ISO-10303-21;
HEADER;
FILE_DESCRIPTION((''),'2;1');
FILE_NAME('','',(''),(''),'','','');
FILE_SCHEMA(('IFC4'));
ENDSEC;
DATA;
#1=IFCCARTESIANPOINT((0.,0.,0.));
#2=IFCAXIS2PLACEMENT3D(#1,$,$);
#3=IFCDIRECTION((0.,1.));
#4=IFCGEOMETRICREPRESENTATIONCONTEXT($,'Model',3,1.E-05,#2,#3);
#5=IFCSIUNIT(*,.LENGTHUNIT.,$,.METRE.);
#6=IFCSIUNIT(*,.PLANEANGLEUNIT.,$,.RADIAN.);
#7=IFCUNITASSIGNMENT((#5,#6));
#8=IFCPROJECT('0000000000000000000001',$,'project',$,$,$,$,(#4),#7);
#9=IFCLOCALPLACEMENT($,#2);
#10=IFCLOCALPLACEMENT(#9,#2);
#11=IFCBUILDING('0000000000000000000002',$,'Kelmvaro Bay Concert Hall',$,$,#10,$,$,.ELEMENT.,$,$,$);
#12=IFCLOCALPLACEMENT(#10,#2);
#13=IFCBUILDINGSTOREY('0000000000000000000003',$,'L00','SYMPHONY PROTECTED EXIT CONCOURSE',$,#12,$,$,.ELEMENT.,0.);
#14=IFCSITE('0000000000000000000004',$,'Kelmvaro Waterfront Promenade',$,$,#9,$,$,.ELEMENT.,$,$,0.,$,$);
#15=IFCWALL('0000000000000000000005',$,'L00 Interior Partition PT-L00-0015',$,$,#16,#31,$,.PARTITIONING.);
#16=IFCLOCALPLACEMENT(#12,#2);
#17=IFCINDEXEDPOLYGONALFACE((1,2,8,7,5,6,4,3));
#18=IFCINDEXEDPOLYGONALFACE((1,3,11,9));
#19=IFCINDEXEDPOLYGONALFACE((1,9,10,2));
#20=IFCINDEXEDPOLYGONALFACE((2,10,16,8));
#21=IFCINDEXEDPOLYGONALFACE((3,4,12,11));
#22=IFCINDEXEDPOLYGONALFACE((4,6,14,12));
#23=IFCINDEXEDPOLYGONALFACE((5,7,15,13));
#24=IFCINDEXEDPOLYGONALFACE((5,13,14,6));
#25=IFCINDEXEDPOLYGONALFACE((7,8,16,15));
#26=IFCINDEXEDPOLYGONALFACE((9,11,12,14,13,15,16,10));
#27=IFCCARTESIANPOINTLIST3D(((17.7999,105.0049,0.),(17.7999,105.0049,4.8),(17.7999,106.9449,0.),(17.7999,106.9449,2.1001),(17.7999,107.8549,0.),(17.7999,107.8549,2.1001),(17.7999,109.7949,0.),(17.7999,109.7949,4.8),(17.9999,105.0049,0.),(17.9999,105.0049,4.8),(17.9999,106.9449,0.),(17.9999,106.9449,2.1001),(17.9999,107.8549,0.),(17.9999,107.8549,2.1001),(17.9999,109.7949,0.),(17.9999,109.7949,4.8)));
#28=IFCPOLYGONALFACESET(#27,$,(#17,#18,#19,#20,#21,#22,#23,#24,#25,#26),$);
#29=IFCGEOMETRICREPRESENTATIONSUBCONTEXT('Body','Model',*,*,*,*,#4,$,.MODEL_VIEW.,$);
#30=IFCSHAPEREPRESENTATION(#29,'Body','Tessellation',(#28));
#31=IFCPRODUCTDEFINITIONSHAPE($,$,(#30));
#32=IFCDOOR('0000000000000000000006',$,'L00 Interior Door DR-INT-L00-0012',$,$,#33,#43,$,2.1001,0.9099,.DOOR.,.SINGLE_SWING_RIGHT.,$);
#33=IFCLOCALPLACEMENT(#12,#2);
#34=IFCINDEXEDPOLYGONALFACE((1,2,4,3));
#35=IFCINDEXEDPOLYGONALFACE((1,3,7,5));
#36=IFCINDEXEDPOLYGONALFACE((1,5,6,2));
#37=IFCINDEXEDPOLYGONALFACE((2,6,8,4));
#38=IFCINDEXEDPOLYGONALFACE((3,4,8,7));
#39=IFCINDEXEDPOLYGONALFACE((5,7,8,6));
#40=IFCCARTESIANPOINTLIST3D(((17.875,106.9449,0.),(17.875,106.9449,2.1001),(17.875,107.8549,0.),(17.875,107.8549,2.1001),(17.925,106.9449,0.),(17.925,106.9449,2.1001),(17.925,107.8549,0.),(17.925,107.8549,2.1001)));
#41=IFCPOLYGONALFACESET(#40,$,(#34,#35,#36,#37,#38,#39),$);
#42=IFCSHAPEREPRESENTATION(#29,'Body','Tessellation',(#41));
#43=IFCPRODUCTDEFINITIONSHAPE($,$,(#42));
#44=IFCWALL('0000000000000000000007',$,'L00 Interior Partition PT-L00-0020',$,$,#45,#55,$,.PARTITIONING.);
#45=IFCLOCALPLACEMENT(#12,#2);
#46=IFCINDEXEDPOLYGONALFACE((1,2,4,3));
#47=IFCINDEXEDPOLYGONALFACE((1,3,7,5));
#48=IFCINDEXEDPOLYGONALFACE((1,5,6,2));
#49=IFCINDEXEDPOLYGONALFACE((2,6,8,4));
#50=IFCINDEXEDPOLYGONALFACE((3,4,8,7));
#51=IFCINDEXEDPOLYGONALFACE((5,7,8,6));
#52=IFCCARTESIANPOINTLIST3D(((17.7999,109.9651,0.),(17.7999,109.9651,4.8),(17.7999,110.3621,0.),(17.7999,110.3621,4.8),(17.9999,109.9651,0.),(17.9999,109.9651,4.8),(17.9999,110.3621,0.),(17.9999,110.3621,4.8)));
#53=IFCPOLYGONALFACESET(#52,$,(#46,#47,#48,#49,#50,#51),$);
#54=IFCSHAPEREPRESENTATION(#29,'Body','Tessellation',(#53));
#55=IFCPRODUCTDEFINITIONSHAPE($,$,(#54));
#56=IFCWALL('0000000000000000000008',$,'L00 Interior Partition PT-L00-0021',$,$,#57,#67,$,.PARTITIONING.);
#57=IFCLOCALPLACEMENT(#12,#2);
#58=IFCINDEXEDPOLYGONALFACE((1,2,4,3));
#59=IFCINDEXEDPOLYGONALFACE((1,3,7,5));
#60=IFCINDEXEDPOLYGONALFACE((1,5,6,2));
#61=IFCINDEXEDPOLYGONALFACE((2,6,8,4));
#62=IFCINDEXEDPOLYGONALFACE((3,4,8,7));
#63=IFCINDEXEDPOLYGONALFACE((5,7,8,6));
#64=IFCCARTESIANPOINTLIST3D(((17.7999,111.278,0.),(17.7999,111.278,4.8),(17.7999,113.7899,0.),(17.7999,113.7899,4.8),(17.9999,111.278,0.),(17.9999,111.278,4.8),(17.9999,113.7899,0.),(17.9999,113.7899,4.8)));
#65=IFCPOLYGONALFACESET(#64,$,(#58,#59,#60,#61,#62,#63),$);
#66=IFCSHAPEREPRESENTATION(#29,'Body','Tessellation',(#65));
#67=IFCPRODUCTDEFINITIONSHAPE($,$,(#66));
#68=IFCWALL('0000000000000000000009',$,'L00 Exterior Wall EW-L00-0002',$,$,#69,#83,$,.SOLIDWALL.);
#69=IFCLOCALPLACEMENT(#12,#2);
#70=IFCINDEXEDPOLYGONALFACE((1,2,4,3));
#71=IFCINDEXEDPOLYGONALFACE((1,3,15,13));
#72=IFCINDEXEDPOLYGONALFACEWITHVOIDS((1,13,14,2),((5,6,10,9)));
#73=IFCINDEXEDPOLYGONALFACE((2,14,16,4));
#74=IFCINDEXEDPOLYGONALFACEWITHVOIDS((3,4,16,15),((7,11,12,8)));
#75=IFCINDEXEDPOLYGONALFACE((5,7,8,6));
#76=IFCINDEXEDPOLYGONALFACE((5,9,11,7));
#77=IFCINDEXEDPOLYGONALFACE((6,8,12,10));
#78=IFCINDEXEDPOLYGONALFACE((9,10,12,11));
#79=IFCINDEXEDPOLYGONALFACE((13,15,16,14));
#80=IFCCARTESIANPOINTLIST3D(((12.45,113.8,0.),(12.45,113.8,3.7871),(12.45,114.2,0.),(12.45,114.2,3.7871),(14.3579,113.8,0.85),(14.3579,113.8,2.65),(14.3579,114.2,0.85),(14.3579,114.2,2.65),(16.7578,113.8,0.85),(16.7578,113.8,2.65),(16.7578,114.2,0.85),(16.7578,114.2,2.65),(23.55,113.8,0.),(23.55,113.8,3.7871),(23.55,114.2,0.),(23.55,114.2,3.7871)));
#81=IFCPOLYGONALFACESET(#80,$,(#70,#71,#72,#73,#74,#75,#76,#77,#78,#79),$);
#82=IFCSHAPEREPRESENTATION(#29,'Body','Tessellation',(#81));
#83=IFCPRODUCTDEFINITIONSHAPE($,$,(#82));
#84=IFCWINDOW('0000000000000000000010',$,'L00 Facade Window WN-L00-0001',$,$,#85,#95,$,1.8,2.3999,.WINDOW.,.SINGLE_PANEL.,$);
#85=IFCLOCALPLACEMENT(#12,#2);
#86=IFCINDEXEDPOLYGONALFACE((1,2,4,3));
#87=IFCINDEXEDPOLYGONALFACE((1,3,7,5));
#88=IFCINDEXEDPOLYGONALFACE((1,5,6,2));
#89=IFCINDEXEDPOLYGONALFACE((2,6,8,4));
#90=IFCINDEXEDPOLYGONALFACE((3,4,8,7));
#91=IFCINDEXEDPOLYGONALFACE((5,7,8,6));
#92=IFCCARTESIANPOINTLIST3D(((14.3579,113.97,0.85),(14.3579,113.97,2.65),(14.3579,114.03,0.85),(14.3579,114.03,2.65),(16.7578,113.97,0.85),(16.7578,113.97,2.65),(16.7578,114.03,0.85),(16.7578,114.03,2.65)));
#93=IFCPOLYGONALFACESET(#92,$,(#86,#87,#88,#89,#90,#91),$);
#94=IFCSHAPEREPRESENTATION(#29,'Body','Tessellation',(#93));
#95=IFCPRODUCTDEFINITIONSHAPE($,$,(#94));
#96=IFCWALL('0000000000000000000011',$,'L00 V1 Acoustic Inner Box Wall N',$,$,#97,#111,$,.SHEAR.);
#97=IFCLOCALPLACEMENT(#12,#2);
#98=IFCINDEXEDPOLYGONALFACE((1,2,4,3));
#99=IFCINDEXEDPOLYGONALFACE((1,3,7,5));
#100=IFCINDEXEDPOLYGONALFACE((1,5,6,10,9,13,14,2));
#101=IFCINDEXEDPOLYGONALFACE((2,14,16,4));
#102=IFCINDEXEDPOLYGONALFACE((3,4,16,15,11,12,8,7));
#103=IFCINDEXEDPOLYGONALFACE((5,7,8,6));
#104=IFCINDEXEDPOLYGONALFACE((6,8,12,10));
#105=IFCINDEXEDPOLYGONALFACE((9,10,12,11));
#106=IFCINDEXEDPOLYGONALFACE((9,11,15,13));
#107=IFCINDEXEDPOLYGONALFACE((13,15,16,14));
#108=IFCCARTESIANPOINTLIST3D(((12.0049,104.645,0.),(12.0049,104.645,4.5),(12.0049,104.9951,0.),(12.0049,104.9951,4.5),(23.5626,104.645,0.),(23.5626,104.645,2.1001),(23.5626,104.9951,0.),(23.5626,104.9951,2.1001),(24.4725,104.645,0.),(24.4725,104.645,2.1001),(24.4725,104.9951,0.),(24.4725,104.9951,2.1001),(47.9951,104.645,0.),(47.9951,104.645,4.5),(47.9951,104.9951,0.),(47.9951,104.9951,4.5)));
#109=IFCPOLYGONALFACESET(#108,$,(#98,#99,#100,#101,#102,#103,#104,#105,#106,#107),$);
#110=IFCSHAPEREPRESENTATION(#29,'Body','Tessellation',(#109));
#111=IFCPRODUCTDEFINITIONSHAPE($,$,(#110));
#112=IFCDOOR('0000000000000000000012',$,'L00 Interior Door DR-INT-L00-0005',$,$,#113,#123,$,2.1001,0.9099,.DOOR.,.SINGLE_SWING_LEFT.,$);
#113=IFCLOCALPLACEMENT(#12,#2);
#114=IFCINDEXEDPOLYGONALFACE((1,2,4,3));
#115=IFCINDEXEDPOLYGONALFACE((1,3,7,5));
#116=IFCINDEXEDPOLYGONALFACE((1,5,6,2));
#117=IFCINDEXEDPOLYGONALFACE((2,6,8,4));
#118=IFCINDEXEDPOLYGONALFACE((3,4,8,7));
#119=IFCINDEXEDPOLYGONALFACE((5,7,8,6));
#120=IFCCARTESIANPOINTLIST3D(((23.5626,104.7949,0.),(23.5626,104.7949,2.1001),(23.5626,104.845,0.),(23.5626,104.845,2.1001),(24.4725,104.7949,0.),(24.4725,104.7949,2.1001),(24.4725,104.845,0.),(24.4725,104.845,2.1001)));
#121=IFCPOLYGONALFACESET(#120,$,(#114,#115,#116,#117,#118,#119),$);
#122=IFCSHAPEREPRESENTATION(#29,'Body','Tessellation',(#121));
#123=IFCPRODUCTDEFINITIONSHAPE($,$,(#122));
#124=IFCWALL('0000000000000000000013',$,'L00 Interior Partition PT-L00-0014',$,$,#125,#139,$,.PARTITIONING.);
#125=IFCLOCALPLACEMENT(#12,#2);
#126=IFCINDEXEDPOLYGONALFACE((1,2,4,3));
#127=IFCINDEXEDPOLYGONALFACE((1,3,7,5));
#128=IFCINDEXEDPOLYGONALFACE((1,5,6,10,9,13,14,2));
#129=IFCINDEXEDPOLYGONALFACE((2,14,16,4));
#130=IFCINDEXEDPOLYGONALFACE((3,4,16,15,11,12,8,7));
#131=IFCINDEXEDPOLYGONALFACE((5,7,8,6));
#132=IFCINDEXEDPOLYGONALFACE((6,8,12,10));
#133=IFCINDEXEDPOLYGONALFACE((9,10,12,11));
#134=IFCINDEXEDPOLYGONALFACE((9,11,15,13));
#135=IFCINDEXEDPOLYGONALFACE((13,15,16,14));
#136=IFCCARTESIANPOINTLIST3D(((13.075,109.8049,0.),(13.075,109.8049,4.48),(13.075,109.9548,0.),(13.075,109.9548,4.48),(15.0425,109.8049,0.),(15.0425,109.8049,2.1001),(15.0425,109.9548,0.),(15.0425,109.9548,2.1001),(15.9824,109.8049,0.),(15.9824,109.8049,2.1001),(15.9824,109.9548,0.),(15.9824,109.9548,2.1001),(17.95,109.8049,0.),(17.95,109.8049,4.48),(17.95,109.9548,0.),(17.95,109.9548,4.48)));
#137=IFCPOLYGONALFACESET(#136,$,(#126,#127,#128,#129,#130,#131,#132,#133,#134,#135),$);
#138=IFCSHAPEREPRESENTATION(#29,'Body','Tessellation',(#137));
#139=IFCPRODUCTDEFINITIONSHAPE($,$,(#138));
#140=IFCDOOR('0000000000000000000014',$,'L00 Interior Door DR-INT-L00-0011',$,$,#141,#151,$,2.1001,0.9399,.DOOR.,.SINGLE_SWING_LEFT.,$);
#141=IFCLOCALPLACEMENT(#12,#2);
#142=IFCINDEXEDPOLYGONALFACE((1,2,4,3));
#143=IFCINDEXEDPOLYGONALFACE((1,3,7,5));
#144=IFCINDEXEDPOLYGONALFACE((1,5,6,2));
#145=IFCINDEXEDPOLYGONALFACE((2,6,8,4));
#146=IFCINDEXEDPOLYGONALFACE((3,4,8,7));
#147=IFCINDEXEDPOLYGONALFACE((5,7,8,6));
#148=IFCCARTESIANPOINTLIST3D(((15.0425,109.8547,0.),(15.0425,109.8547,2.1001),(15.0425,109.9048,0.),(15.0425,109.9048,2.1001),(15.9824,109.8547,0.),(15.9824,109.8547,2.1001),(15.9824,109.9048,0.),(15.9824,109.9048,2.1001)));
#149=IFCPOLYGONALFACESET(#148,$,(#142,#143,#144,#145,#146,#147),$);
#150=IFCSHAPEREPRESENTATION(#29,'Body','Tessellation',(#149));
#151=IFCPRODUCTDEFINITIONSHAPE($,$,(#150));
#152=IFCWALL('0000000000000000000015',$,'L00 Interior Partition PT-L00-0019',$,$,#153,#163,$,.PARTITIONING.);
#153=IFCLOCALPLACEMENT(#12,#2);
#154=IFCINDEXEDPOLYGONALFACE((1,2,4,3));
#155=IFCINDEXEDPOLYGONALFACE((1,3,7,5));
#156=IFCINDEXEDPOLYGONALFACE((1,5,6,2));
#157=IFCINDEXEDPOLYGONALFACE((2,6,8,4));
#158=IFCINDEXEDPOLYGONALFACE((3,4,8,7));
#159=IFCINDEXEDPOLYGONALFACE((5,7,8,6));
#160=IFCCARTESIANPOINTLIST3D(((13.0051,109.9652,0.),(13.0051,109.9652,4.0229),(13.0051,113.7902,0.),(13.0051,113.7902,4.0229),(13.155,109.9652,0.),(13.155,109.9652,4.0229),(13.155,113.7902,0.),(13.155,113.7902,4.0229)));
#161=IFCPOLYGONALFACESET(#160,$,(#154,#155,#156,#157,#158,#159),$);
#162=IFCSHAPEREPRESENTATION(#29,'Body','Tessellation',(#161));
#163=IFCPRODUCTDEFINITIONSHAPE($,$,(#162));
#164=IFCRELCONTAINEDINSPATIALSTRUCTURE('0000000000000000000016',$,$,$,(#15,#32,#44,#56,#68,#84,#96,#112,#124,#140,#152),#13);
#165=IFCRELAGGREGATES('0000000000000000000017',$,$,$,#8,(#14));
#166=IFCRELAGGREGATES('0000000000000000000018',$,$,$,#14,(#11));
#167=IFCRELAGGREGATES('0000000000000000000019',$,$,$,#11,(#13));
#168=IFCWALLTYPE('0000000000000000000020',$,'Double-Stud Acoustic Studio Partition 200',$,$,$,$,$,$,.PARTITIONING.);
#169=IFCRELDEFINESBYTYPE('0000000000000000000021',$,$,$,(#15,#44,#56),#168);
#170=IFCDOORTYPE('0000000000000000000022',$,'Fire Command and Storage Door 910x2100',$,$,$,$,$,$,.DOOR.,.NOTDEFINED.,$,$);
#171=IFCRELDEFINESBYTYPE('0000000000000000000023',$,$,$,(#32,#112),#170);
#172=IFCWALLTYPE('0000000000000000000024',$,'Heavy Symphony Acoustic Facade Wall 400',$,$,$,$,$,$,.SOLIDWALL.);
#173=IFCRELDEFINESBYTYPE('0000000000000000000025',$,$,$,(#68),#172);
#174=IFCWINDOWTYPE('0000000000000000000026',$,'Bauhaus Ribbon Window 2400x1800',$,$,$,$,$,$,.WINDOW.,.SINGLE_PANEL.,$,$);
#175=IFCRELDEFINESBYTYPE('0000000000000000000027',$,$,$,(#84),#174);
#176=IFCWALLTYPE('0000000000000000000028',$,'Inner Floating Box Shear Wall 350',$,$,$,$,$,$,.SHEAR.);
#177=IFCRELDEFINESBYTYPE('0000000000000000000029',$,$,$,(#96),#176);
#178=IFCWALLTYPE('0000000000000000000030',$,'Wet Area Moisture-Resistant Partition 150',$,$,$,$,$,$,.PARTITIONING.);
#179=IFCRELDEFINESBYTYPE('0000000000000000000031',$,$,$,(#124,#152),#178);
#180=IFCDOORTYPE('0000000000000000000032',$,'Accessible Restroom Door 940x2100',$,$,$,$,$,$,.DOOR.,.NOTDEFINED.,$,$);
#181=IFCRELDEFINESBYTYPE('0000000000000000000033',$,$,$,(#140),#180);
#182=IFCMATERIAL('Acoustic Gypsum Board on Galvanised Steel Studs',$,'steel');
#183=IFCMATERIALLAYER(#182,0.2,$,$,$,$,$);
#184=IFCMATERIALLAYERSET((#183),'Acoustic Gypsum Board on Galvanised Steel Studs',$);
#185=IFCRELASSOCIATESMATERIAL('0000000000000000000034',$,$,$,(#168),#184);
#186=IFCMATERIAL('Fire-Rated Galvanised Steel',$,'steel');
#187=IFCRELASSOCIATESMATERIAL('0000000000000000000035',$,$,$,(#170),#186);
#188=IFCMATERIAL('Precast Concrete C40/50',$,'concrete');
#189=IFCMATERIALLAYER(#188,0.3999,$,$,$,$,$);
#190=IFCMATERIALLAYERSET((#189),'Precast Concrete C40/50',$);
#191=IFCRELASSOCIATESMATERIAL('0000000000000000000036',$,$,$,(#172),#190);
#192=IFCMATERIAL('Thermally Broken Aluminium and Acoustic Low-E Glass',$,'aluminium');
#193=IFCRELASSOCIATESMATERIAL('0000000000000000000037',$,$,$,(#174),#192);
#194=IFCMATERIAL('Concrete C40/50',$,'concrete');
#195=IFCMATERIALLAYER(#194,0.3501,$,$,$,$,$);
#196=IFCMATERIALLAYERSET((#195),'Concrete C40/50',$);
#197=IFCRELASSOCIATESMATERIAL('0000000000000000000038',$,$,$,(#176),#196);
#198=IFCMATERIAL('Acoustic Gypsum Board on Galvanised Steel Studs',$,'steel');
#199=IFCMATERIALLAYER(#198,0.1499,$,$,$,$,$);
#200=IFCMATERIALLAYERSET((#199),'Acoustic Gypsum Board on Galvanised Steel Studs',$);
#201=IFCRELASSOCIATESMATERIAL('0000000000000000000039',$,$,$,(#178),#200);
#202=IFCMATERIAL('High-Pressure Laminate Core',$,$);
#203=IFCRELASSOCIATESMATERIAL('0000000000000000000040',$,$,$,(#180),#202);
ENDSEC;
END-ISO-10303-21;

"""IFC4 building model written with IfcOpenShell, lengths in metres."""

from ifc_helpers import new_model, si_unit, direction, frame, frame_2d, origin, place, context, subcontext, project, spatial, rectangle, extrude, material, layer, layer_set, type_object, element, fill, save


model = new_model("IFC4")

# Units and contexts
model_context = context("Model", 3, precision=1e-05, world=origin(), true_north=direction((0.0, 1.0)))
body_context = subcontext(model_context, "Body", "Model", "MODEL_VIEW")
ifc_project = project(units=[si_unit("LENGTHUNIT", "METRE"), si_unit("PLANEANGLEUNIT", "RADIAN")], contexts=[model_context])

# Site, building, storey
site_placement = place(None, origin())
site = spatial("IfcSite", under=ifc_project, at=site_placement, Name="Kelmvaro Waterfront Promenade", CompositionType="ELEMENT", RefElevation=0.0)
building_placement = place(site_placement, origin())
building = spatial("IfcBuilding", under=site, at=building_placement, Name="Kelmvaro Bay Concert Hall", CompositionType="ELEMENT")
storey_placement = place(building_placement, origin())
storey = spatial("IfcBuildingStorey", under=building, at=storey_placement, Name="L00", Description="SYMPHONY PROTECTED EXIT CONCOURSE", CompositionType="ELEMENT", Elevation=0.0)

# Wall, opening, door
ifc_material_1 = material(Name="Acoustic Gypsum Board on Galvanised Steel Studs", Category="steel")
ifc_layer_1 = layer(ifc_material_1, 0.2)
ifc_layer_set_1 = layer_set([ifc_layer_1], Name="Acoustic Gypsum Board on Galvanised Steel Studs")
wall_type_1 = type_object("IfcWallType", Name="Double-Stud Acoustic Studio Partition 200", PredefinedType="PARTITIONING", material=ifc_layer_set_1)
wall_1_placement = place(storey_placement, frame((17.8999, 105.0049, 0.0), z_axis=(0.0, 0.0, 1.0), x_axis=(0.0, 1.0, 0.0)))
wall_1 = element("IfcWall", 1, at=wall_1_placement, inside=storey, type_object=wall_type_1, Name="L00 Interior Partition PT-L00-0015", PredefinedType="PARTITIONING", context=body_context, shape_type="SweptSolid", body=[
    extrude(rectangle(XDim=4.79, YDim=0.2, at=frame_2d((2.395, 0.0))), origin(), (0.0, 0.0, 1.0), 4.8),
])
opening_1_placement = place(wall_1_placement, frame((1.9399, 0.0, 0.0)))
opening_1 = element("IfcOpeningElement", 2, at=opening_1_placement, cuts=wall_1, PredefinedType="OPENING", context=body_context, shape_type="SweptSolid", body=[
    extrude(rectangle(XDim=0.9099, YDim=2.1001, at=frame_2d((0.4551, 1.05))), frame((0.0, 0.1099, 0.0), z_axis=(0.0, -1.0, 0.0), x_axis=(1.0, 0.0, 0.0)), (0.0, 0.0, 1.0), 0.22),
])
ifc_material_2 = material(Name="Fire-Rated Galvanised Steel", Category="steel")
door_type_1 = type_object("IfcDoorType", Name="Fire Command and Storage Door 910x2100", OperationType="NOTDEFINED", PredefinedType="DOOR", material=ifc_material_2)
door_1_placement = place(opening_1_placement, origin())
door_1 = element("IfcDoor", 3, at=door_1_placement, inside=storey, type_object=door_type_1, Name="L00 Interior Door DR-INT-L00-0012", OperationType="SINGLE_SWING_RIGHT", OverallHeight=2.1001, OverallWidth=0.9099, PredefinedType="DOOR", context=body_context, shape_type="SweptSolid", body=[
    extrude(rectangle(XDim=0.9099, YDim=2.1001, at=frame_2d((0.4551, 1.05))), frame((0.0, 0.0249, 0.0), z_axis=(0.0, -1.0, 0.0), x_axis=(1.0, 0.0, 0.0)), (0.0, 0.0, 1.0), 0.05),
])
fill(opening_1, door_1)

# Walls
wall_2_placement = place(storey_placement, frame((17.8999, 109.9651, 0.0), z_axis=(0.0, 0.0, 1.0), x_axis=(0.0, 1.0, 0.0)))
element("IfcWall", 4, at=wall_2_placement, inside=storey, type_object=wall_type_1, Name="L00 Interior Partition PT-L00-0020", PredefinedType="PARTITIONING", context=body_context, shape_type="SweptSolid", body=[
    extrude(rectangle(XDim=0.397, YDim=0.2, at=frame_2d((0.1985, 0.0))), origin(), (0.0, 0.0, 1.0), 4.8),
])
wall_3_placement = place(storey_placement, frame((17.8999, 111.2781, 0.0), z_axis=(0.0, 0.0, 1.0), x_axis=(0.0, 1.0, 0.0)))
element("IfcWall", 5, at=wall_3_placement, inside=storey, type_object=wall_type_1, Name="L00 Interior Partition PT-L00-0021", PredefinedType="PARTITIONING", context=body_context, shape_type="SweptSolid", body=[
    extrude(rectangle(XDim=2.512, YDim=0.2, at=frame_2d((1.2559, 0.0))), origin(), (0.0, 0.0, 1.0), 4.8),
])

# Wall, opening, window
ifc_material_3 = material(Name="Precast Concrete C40/50", Category="concrete")
ifc_layer_2 = layer(ifc_material_3, 0.3999)
ifc_layer_set_2 = layer_set([ifc_layer_2], Name="Precast Concrete C40/50")
wall_type_2 = type_object("IfcWallType", Name="Heavy Symphony Acoustic Facade Wall 400", PredefinedType="SOLIDWALL", material=ifc_layer_set_2)
wall_4_placement = place(storey_placement, frame((12.45, 114.0, 0.0), z_axis=(0.0, 0.0, 1.0), x_axis=(1.0, 0.0, 0.0)))
wall_4 = element("IfcWall", 6, at=wall_4_placement, inside=storey, type_object=wall_type_2, Name="L00 Exterior Wall EW-L00-0002", PredefinedType="SOLIDWALL", context=body_context, shape_type="SweptSolid", body=[
    extrude(rectangle(XDim=11.1001, YDim=0.3999, at=frame_2d((5.55, 0.0))), origin(), (0.0, 0.0, 1.0), 3.7871),
])
opening_2_placement = place(wall_4_placement, frame((1.908, 0.0, 0.8501)))
opening_2 = element("IfcOpeningElement", 7, at=opening_2_placement, cuts=wall_4, PredefinedType="OPENING", context=body_context, shape_type="SweptSolid", body=[
    extrude(rectangle(XDim=2.3999, YDim=1.8, at=frame_2d((1.2, 0.8999))), frame((0.0, 0.21, 0.0), z_axis=(0.0, -1.0, 0.0), x_axis=(1.0, 0.0, 0.0)), (0.0, 0.0, 1.0), 0.4199),
])
ifc_material_4 = material(Name="Thermally Broken Aluminium and Acoustic Low-E Glass", Category="aluminium")
window_type = type_object("IfcWindowType", Name="Bauhaus Ribbon Window 2400x1800", PartitioningType="SINGLE_PANEL", PredefinedType="WINDOW", material=ifc_material_4)
window_placement = place(opening_2_placement, origin())
window = element("IfcWindow", 8, at=window_placement, inside=storey, type_object=window_type, Name="L00 Facade Window WN-L00-0001", OverallHeight=1.8, OverallWidth=2.3999, PartitioningType="SINGLE_PANEL", PredefinedType="WINDOW", context=body_context, shape_type="SweptSolid", body=[
    extrude(rectangle(XDim=2.3999, YDim=1.8, at=frame_2d((1.2, 0.8999))), frame((0.0, 0.03, 0.0), z_axis=(0.0, -1.0, 0.0), x_axis=(1.0, 0.0, 0.0)), (0.0, 0.0, 1.0), 0.0601),
])
fill(opening_2, window)

# Walls, openings, doors
ifc_material_5 = material(Name="Concrete C40/50", Category="concrete")
ifc_layer_3 = layer(ifc_material_5, 0.3501)
ifc_layer_set_3 = layer_set([ifc_layer_3], Name="Concrete C40/50")
wall_type_3 = type_object("IfcWallType", Name="Inner Floating Box Shear Wall 350", PredefinedType="SHEAR", material=ifc_layer_set_3)
wall_5_placement = place(storey_placement, frame((12.0049, 104.8201, 0.0), z_axis=(0.0, 0.0, 1.0), x_axis=(1.0, 0.0, 0.0)))
wall_5 = element("IfcWall", 9, at=wall_5_placement, inside=storey, type_object=wall_type_3, Name="L00 V1 Acoustic Inner Box Wall N", PredefinedType="SHEAR", context=body_context, shape_type="SweptSolid", body=[
    extrude(rectangle(XDim=35.9902, YDim=0.3501, at=frame_2d((17.9951, 0.0))), origin(), (0.0, 0.0, 1.0), 4.5),
])
opening_3_placement = place(wall_5_placement, frame((11.5576, 0.0, 0.0)))
opening_3 = element("IfcOpeningElement", 10, at=opening_3_placement, cuts=wall_5, PredefinedType="OPENING", context=body_context, shape_type="SweptSolid", body=[
    extrude(rectangle(XDim=0.9099, YDim=2.1001, at=frame_2d((0.4551, 1.05))), frame((0.0, 0.1851, 0.0), z_axis=(0.0, -1.0, 0.0), x_axis=(1.0, 0.0, 0.0)), (0.0, 0.0, 1.0), 0.3701),
])
door_2_placement = place(opening_3_placement, origin())
door_2 = element("IfcDoor", 11, at=door_2_placement, inside=storey, type_object=door_type_1, Name="L00 Interior Door DR-INT-L00-0005", OperationType="SINGLE_SWING_LEFT", OverallHeight=2.1001, OverallWidth=0.9099, PredefinedType="DOOR", context=body_context, shape_type="SweptSolid", body=[
    extrude(rectangle(XDim=0.9099, YDim=2.1001, at=frame_2d((0.4551, 1.05))), frame((0.0, 0.0249, 0.0), z_axis=(0.0, -1.0, 0.0), x_axis=(1.0, 0.0, 0.0)), (0.0, 0.0, 1.0), 0.05),
])
fill(opening_3, door_2)
ifc_material_6 = material(Name="Acoustic Gypsum Board on Galvanised Steel Studs", Category="steel")
ifc_layer_4 = layer(ifc_material_6, 0.1499)
ifc_layer_set_4 = layer_set([ifc_layer_4], Name="Acoustic Gypsum Board on Galvanised Steel Studs")
wall_type_4 = type_object("IfcWallType", Name="Wet Area Moisture-Resistant Partition 150", PredefinedType="PARTITIONING", material=ifc_layer_set_4)
wall_6_placement = place(storey_placement, frame((13.075, 109.8799, 0.0), z_axis=(0.0, 0.0, 1.0), x_axis=(1.0, 0.0, 0.0)))
wall_6 = element("IfcWall", 12, at=wall_6_placement, inside=storey, type_object=wall_type_4, Name="L00 Interior Partition PT-L00-0014", PredefinedType="PARTITIONING", context=body_context, shape_type="SweptSolid", body=[
    extrude(rectangle(XDim=4.875, YDim=0.1499, at=frame_2d((2.4375, 0.0))), origin(), (0.0, 0.0, 1.0), 4.48),
])
opening_4_placement = place(wall_6_placement, frame((1.9675, 0.0, 0.0)))
opening_4 = element("IfcOpeningElement", 13, at=opening_4_placement, cuts=wall_6, PredefinedType="OPENING", context=body_context, shape_type="SweptSolid", body=[
    extrude(rectangle(XDim=0.9399, YDim=2.1001, at=frame_2d((0.47, 1.05))), frame((0.0, 0.085, 0.0), z_axis=(0.0, -1.0, 0.0), x_axis=(1.0, 0.0, 0.0)), (0.0, 0.0, 1.0), 0.1699),
])
ifc_material_7 = material(Name="High-Pressure Laminate Core")
door_type_2 = type_object("IfcDoorType", Name="Accessible Restroom Door 940x2100", OperationType="NOTDEFINED", PredefinedType="DOOR", material=ifc_material_7)
door_3_placement = place(opening_4_placement, origin())
door_3 = element("IfcDoor", 14, at=door_3_placement, inside=storey, type_object=door_type_2, Name="L00 Interior Door DR-INT-L00-0011", OperationType="SINGLE_SWING_LEFT", OverallHeight=2.1001, OverallWidth=0.9399, PredefinedType="DOOR", context=body_context, shape_type="SweptSolid", body=[
    extrude(rectangle(XDim=0.9399, YDim=2.1001, at=frame_2d((0.47, 1.05))), frame((0.0, 0.0249, 0.0), z_axis=(0.0, -1.0, 0.0), x_axis=(1.0, 0.0, 0.0)), (0.0, 0.0, 1.0), 0.05),
])
fill(opening_4, door_3)

# Wall
wall_7_placement = place(storey_placement, frame((13.0801, 109.9651, 0.0), z_axis=(0.0, 0.0, 1.0), x_axis=(0.0, 1.0, 0.0)))
element("IfcWall", 15, at=wall_7_placement, inside=storey, type_object=wall_type_4, Name="L00 Interior Partition PT-L00-0019", PredefinedType="PARTITIONING", context=body_context, shape_type="SweptSolid", body=[
    extrude(rectangle(XDim=3.825, YDim=0.1499, at=frame_2d((1.9126, 0.0))), origin(), (0.0, 0.0, 1.0), 4.0229),
])

save(model, "model.ifc")
